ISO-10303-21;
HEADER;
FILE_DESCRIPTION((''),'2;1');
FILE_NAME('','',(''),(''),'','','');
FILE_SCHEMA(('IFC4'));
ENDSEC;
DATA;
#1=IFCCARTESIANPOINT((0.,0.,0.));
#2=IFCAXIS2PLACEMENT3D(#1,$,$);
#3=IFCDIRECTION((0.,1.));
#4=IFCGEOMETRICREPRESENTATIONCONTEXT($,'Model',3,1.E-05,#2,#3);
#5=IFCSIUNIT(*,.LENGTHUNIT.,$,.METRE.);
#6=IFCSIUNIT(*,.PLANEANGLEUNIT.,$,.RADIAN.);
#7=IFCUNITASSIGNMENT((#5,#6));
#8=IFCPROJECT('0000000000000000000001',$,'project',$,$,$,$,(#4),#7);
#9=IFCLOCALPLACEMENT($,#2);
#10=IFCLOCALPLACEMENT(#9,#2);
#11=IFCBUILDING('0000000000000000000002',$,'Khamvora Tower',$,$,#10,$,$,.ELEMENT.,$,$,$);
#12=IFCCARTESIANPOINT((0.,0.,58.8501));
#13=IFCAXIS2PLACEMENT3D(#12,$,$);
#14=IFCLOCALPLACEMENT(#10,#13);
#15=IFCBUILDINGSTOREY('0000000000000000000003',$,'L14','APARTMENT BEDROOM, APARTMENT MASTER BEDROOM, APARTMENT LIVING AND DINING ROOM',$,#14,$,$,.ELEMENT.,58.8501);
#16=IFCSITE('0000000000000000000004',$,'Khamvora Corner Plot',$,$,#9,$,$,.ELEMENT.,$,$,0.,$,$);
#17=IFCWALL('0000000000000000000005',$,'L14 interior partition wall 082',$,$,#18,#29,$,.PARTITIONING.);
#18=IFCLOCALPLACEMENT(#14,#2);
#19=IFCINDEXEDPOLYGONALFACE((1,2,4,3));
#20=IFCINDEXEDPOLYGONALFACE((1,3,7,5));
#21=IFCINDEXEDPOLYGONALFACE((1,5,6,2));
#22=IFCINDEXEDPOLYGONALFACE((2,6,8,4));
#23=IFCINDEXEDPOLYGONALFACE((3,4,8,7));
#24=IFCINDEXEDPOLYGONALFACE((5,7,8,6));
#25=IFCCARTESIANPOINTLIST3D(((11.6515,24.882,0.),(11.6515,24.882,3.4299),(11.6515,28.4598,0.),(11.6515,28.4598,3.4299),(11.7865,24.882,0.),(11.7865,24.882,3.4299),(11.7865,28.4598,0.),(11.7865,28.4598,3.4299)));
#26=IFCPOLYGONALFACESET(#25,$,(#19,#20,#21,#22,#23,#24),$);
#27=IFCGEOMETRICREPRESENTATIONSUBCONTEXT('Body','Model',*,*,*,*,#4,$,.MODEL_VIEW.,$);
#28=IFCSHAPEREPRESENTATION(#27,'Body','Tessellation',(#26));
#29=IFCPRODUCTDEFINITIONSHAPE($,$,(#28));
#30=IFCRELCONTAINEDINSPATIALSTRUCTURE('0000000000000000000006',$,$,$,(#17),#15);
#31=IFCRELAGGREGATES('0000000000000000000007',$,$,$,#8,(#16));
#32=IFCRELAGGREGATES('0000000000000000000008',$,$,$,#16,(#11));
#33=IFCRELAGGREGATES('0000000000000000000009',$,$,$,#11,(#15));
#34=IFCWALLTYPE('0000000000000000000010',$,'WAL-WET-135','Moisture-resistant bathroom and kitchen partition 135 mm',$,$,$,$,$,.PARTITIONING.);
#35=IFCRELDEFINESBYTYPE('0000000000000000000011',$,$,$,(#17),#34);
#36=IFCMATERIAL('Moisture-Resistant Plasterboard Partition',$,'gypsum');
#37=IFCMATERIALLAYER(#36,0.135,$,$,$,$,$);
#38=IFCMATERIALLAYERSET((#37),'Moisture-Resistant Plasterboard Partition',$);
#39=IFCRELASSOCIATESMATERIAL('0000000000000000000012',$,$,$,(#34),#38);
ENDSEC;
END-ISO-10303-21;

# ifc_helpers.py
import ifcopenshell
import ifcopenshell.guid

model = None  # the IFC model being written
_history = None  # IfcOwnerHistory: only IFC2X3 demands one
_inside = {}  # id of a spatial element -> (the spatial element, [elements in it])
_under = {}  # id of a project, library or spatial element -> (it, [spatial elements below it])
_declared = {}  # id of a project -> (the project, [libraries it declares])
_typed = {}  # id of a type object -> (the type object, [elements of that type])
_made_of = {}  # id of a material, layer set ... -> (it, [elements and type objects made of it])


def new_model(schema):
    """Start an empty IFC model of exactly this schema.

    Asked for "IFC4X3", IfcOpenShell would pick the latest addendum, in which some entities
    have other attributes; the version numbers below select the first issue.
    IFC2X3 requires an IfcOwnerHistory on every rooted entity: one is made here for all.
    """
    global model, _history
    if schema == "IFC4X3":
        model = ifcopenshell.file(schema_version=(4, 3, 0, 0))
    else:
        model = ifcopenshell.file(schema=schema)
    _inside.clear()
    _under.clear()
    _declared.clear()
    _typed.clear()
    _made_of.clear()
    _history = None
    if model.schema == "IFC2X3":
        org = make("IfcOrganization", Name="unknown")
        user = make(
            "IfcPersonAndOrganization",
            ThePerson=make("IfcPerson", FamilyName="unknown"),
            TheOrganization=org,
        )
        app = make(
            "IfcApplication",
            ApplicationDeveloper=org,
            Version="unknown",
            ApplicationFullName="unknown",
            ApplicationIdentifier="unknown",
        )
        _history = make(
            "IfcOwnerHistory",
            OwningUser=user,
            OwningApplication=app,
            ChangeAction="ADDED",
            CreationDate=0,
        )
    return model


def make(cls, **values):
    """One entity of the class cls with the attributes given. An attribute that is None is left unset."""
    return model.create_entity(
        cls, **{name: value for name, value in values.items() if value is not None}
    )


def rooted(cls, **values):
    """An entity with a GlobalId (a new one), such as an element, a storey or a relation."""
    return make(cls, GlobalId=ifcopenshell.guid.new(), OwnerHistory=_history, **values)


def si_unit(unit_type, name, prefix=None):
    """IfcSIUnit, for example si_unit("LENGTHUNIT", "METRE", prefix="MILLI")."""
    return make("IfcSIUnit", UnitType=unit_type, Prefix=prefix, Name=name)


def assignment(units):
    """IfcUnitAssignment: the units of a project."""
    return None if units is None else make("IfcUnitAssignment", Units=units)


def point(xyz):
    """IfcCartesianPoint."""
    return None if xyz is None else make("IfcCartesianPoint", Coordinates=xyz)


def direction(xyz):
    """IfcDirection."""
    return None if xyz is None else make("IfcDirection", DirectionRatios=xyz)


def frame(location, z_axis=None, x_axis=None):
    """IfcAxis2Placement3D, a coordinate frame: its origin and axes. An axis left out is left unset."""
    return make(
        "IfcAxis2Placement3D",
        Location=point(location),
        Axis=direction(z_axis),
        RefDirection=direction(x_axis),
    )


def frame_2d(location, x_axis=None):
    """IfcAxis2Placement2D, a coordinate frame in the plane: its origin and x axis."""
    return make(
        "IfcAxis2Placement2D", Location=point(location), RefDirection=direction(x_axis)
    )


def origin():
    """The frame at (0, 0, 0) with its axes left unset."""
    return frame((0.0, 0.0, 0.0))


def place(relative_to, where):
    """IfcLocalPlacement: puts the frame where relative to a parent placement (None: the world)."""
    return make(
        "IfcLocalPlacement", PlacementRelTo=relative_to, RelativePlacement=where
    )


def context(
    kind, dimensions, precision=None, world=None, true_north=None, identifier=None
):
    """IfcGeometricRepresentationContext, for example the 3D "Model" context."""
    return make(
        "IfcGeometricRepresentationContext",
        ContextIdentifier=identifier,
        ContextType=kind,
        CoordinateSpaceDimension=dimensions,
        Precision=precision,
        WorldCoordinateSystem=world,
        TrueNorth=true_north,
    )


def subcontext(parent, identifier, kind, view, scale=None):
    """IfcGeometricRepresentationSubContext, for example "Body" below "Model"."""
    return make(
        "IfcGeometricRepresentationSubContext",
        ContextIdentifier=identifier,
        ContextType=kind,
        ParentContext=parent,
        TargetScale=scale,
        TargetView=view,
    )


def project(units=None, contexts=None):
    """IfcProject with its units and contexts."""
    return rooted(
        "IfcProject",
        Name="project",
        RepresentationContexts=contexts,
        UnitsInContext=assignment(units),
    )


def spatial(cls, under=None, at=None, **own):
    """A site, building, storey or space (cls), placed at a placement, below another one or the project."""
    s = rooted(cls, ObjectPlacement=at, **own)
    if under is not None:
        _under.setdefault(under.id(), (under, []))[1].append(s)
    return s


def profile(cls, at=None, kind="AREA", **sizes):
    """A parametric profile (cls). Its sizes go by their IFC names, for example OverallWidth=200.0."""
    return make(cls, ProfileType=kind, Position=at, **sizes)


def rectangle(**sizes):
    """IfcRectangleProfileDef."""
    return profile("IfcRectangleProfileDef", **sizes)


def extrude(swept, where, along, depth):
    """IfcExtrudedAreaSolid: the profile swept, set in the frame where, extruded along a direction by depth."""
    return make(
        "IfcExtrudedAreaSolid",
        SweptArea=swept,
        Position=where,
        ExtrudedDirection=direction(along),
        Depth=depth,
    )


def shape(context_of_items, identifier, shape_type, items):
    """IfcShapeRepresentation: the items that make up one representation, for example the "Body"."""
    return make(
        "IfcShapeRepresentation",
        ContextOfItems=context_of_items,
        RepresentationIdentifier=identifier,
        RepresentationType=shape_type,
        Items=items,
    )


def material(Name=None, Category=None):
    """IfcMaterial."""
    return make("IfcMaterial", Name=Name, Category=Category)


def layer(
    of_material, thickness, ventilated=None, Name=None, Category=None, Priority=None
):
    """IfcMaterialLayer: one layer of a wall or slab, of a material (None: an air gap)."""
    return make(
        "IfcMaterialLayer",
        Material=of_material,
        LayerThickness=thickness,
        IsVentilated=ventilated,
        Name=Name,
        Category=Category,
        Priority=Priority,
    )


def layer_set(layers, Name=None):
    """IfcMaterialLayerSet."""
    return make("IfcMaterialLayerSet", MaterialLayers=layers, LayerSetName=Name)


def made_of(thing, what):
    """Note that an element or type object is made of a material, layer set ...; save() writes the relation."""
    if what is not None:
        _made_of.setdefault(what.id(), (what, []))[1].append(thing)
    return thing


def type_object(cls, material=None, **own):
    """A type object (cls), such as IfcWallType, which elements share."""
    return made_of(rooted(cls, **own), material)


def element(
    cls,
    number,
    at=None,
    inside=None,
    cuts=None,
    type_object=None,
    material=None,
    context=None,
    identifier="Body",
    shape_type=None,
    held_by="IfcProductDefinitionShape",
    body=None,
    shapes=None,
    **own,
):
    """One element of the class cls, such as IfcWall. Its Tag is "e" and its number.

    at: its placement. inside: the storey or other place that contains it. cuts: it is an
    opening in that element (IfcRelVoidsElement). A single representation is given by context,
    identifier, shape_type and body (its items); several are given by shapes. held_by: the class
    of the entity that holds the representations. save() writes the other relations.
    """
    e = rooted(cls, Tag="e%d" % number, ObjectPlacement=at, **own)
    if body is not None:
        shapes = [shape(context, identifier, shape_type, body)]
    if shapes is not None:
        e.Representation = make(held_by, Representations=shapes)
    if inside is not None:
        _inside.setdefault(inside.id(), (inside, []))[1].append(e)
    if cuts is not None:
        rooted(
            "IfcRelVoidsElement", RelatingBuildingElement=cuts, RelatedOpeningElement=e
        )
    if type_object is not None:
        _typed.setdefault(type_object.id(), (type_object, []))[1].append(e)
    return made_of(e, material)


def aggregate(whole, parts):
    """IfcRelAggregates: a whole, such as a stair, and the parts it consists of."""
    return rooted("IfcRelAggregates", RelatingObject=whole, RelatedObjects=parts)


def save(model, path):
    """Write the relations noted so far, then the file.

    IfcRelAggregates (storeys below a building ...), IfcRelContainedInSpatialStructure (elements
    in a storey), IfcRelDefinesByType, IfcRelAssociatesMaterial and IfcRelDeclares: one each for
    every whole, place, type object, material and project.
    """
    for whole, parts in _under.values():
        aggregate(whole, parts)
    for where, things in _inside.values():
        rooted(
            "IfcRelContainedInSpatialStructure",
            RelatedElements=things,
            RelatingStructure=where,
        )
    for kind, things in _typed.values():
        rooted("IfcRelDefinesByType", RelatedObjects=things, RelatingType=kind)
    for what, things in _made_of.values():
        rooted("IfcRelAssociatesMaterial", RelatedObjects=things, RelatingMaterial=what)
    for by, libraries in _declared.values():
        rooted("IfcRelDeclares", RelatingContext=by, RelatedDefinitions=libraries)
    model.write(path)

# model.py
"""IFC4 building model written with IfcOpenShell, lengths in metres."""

from ifc_helpers import new_model, si_unit, direction, frame, frame_2d, origin, place, context, subcontext, project, spatial, rectangle, extrude, material, layer, layer_set, type_object, element, save


model = new_model("IFC4")

# Units and contexts
model_context = context("Model", 3, precision=1e-05, world=origin(), true_north=direction((0.0, 1.0)))
body_context = subcontext(model_context, "Body", "Model", "MODEL_VIEW")
ifc_project = project(units=[si_unit("LENGTHUNIT", "METRE"), si_unit("PLANEANGLEUNIT", "RADIAN")], contexts=[model_context])

# Site, building, storey
site_placement = place(None, origin())
site = spatial("IfcSite", under=ifc_project, at=site_placement, Name="Khamvora Corner Plot", CompositionType="ELEMENT", RefElevation=0.0)
building_placement = place(site_placement, origin())
building = spatial("IfcBuilding", under=site, at=building_placement, Name="Khamvora Tower", CompositionType="ELEMENT")
storey_placement = place(building_placement, frame((0.0, 0.0, 58.8501)))
storey = spatial("IfcBuildingStorey", under=building, at=storey_placement, Name="L14", Description="APARTMENT BEDROOM, APARTMENT MASTER BEDROOM, APARTMENT LIVING AND DINING ROOM", CompositionType="ELEMENT", Elevation=58.8501)

# Shared definitions
ifc_material_1 = material(Name="Moisture-Resistant Plasterboard Partition", Category="gypsum")
ifc_layer_1 = layer(ifc_material_1, 0.135)
ifc_layer_set_1 = layer_set([ifc_layer_1], Name="Moisture-Resistant Plasterboard Partition")
wall_type_1 = type_object("IfcWallType", Name="WAL-WET-135", Description="Moisture-resistant bathroom and kitchen partition 135 mm", PredefinedType="PARTITIONING", material=ifc_layer_set_1)

# Wall
wall_1_placement = place(storey_placement, frame((11.719, 28.46, 0.0), z_axis=(0.0, 0.0, 1.0), x_axis=(0.0, -1.0, 0.0)))
element("IfcWall", 1, at=wall_1_placement, inside=storey, type_object=wall_type_1, Name="L14 interior partition wall 082", PredefinedType="PARTITIONING", context=body_context, shape_type="SweptSolid", body=[
    extrude(rectangle(XDim=3.5779, YDim=0.135, at=frame_2d((1.7891, 0.0))), origin(), (0.0, 0.0, 1.0), 3.4299),
])

save(model, "model.ifc")
